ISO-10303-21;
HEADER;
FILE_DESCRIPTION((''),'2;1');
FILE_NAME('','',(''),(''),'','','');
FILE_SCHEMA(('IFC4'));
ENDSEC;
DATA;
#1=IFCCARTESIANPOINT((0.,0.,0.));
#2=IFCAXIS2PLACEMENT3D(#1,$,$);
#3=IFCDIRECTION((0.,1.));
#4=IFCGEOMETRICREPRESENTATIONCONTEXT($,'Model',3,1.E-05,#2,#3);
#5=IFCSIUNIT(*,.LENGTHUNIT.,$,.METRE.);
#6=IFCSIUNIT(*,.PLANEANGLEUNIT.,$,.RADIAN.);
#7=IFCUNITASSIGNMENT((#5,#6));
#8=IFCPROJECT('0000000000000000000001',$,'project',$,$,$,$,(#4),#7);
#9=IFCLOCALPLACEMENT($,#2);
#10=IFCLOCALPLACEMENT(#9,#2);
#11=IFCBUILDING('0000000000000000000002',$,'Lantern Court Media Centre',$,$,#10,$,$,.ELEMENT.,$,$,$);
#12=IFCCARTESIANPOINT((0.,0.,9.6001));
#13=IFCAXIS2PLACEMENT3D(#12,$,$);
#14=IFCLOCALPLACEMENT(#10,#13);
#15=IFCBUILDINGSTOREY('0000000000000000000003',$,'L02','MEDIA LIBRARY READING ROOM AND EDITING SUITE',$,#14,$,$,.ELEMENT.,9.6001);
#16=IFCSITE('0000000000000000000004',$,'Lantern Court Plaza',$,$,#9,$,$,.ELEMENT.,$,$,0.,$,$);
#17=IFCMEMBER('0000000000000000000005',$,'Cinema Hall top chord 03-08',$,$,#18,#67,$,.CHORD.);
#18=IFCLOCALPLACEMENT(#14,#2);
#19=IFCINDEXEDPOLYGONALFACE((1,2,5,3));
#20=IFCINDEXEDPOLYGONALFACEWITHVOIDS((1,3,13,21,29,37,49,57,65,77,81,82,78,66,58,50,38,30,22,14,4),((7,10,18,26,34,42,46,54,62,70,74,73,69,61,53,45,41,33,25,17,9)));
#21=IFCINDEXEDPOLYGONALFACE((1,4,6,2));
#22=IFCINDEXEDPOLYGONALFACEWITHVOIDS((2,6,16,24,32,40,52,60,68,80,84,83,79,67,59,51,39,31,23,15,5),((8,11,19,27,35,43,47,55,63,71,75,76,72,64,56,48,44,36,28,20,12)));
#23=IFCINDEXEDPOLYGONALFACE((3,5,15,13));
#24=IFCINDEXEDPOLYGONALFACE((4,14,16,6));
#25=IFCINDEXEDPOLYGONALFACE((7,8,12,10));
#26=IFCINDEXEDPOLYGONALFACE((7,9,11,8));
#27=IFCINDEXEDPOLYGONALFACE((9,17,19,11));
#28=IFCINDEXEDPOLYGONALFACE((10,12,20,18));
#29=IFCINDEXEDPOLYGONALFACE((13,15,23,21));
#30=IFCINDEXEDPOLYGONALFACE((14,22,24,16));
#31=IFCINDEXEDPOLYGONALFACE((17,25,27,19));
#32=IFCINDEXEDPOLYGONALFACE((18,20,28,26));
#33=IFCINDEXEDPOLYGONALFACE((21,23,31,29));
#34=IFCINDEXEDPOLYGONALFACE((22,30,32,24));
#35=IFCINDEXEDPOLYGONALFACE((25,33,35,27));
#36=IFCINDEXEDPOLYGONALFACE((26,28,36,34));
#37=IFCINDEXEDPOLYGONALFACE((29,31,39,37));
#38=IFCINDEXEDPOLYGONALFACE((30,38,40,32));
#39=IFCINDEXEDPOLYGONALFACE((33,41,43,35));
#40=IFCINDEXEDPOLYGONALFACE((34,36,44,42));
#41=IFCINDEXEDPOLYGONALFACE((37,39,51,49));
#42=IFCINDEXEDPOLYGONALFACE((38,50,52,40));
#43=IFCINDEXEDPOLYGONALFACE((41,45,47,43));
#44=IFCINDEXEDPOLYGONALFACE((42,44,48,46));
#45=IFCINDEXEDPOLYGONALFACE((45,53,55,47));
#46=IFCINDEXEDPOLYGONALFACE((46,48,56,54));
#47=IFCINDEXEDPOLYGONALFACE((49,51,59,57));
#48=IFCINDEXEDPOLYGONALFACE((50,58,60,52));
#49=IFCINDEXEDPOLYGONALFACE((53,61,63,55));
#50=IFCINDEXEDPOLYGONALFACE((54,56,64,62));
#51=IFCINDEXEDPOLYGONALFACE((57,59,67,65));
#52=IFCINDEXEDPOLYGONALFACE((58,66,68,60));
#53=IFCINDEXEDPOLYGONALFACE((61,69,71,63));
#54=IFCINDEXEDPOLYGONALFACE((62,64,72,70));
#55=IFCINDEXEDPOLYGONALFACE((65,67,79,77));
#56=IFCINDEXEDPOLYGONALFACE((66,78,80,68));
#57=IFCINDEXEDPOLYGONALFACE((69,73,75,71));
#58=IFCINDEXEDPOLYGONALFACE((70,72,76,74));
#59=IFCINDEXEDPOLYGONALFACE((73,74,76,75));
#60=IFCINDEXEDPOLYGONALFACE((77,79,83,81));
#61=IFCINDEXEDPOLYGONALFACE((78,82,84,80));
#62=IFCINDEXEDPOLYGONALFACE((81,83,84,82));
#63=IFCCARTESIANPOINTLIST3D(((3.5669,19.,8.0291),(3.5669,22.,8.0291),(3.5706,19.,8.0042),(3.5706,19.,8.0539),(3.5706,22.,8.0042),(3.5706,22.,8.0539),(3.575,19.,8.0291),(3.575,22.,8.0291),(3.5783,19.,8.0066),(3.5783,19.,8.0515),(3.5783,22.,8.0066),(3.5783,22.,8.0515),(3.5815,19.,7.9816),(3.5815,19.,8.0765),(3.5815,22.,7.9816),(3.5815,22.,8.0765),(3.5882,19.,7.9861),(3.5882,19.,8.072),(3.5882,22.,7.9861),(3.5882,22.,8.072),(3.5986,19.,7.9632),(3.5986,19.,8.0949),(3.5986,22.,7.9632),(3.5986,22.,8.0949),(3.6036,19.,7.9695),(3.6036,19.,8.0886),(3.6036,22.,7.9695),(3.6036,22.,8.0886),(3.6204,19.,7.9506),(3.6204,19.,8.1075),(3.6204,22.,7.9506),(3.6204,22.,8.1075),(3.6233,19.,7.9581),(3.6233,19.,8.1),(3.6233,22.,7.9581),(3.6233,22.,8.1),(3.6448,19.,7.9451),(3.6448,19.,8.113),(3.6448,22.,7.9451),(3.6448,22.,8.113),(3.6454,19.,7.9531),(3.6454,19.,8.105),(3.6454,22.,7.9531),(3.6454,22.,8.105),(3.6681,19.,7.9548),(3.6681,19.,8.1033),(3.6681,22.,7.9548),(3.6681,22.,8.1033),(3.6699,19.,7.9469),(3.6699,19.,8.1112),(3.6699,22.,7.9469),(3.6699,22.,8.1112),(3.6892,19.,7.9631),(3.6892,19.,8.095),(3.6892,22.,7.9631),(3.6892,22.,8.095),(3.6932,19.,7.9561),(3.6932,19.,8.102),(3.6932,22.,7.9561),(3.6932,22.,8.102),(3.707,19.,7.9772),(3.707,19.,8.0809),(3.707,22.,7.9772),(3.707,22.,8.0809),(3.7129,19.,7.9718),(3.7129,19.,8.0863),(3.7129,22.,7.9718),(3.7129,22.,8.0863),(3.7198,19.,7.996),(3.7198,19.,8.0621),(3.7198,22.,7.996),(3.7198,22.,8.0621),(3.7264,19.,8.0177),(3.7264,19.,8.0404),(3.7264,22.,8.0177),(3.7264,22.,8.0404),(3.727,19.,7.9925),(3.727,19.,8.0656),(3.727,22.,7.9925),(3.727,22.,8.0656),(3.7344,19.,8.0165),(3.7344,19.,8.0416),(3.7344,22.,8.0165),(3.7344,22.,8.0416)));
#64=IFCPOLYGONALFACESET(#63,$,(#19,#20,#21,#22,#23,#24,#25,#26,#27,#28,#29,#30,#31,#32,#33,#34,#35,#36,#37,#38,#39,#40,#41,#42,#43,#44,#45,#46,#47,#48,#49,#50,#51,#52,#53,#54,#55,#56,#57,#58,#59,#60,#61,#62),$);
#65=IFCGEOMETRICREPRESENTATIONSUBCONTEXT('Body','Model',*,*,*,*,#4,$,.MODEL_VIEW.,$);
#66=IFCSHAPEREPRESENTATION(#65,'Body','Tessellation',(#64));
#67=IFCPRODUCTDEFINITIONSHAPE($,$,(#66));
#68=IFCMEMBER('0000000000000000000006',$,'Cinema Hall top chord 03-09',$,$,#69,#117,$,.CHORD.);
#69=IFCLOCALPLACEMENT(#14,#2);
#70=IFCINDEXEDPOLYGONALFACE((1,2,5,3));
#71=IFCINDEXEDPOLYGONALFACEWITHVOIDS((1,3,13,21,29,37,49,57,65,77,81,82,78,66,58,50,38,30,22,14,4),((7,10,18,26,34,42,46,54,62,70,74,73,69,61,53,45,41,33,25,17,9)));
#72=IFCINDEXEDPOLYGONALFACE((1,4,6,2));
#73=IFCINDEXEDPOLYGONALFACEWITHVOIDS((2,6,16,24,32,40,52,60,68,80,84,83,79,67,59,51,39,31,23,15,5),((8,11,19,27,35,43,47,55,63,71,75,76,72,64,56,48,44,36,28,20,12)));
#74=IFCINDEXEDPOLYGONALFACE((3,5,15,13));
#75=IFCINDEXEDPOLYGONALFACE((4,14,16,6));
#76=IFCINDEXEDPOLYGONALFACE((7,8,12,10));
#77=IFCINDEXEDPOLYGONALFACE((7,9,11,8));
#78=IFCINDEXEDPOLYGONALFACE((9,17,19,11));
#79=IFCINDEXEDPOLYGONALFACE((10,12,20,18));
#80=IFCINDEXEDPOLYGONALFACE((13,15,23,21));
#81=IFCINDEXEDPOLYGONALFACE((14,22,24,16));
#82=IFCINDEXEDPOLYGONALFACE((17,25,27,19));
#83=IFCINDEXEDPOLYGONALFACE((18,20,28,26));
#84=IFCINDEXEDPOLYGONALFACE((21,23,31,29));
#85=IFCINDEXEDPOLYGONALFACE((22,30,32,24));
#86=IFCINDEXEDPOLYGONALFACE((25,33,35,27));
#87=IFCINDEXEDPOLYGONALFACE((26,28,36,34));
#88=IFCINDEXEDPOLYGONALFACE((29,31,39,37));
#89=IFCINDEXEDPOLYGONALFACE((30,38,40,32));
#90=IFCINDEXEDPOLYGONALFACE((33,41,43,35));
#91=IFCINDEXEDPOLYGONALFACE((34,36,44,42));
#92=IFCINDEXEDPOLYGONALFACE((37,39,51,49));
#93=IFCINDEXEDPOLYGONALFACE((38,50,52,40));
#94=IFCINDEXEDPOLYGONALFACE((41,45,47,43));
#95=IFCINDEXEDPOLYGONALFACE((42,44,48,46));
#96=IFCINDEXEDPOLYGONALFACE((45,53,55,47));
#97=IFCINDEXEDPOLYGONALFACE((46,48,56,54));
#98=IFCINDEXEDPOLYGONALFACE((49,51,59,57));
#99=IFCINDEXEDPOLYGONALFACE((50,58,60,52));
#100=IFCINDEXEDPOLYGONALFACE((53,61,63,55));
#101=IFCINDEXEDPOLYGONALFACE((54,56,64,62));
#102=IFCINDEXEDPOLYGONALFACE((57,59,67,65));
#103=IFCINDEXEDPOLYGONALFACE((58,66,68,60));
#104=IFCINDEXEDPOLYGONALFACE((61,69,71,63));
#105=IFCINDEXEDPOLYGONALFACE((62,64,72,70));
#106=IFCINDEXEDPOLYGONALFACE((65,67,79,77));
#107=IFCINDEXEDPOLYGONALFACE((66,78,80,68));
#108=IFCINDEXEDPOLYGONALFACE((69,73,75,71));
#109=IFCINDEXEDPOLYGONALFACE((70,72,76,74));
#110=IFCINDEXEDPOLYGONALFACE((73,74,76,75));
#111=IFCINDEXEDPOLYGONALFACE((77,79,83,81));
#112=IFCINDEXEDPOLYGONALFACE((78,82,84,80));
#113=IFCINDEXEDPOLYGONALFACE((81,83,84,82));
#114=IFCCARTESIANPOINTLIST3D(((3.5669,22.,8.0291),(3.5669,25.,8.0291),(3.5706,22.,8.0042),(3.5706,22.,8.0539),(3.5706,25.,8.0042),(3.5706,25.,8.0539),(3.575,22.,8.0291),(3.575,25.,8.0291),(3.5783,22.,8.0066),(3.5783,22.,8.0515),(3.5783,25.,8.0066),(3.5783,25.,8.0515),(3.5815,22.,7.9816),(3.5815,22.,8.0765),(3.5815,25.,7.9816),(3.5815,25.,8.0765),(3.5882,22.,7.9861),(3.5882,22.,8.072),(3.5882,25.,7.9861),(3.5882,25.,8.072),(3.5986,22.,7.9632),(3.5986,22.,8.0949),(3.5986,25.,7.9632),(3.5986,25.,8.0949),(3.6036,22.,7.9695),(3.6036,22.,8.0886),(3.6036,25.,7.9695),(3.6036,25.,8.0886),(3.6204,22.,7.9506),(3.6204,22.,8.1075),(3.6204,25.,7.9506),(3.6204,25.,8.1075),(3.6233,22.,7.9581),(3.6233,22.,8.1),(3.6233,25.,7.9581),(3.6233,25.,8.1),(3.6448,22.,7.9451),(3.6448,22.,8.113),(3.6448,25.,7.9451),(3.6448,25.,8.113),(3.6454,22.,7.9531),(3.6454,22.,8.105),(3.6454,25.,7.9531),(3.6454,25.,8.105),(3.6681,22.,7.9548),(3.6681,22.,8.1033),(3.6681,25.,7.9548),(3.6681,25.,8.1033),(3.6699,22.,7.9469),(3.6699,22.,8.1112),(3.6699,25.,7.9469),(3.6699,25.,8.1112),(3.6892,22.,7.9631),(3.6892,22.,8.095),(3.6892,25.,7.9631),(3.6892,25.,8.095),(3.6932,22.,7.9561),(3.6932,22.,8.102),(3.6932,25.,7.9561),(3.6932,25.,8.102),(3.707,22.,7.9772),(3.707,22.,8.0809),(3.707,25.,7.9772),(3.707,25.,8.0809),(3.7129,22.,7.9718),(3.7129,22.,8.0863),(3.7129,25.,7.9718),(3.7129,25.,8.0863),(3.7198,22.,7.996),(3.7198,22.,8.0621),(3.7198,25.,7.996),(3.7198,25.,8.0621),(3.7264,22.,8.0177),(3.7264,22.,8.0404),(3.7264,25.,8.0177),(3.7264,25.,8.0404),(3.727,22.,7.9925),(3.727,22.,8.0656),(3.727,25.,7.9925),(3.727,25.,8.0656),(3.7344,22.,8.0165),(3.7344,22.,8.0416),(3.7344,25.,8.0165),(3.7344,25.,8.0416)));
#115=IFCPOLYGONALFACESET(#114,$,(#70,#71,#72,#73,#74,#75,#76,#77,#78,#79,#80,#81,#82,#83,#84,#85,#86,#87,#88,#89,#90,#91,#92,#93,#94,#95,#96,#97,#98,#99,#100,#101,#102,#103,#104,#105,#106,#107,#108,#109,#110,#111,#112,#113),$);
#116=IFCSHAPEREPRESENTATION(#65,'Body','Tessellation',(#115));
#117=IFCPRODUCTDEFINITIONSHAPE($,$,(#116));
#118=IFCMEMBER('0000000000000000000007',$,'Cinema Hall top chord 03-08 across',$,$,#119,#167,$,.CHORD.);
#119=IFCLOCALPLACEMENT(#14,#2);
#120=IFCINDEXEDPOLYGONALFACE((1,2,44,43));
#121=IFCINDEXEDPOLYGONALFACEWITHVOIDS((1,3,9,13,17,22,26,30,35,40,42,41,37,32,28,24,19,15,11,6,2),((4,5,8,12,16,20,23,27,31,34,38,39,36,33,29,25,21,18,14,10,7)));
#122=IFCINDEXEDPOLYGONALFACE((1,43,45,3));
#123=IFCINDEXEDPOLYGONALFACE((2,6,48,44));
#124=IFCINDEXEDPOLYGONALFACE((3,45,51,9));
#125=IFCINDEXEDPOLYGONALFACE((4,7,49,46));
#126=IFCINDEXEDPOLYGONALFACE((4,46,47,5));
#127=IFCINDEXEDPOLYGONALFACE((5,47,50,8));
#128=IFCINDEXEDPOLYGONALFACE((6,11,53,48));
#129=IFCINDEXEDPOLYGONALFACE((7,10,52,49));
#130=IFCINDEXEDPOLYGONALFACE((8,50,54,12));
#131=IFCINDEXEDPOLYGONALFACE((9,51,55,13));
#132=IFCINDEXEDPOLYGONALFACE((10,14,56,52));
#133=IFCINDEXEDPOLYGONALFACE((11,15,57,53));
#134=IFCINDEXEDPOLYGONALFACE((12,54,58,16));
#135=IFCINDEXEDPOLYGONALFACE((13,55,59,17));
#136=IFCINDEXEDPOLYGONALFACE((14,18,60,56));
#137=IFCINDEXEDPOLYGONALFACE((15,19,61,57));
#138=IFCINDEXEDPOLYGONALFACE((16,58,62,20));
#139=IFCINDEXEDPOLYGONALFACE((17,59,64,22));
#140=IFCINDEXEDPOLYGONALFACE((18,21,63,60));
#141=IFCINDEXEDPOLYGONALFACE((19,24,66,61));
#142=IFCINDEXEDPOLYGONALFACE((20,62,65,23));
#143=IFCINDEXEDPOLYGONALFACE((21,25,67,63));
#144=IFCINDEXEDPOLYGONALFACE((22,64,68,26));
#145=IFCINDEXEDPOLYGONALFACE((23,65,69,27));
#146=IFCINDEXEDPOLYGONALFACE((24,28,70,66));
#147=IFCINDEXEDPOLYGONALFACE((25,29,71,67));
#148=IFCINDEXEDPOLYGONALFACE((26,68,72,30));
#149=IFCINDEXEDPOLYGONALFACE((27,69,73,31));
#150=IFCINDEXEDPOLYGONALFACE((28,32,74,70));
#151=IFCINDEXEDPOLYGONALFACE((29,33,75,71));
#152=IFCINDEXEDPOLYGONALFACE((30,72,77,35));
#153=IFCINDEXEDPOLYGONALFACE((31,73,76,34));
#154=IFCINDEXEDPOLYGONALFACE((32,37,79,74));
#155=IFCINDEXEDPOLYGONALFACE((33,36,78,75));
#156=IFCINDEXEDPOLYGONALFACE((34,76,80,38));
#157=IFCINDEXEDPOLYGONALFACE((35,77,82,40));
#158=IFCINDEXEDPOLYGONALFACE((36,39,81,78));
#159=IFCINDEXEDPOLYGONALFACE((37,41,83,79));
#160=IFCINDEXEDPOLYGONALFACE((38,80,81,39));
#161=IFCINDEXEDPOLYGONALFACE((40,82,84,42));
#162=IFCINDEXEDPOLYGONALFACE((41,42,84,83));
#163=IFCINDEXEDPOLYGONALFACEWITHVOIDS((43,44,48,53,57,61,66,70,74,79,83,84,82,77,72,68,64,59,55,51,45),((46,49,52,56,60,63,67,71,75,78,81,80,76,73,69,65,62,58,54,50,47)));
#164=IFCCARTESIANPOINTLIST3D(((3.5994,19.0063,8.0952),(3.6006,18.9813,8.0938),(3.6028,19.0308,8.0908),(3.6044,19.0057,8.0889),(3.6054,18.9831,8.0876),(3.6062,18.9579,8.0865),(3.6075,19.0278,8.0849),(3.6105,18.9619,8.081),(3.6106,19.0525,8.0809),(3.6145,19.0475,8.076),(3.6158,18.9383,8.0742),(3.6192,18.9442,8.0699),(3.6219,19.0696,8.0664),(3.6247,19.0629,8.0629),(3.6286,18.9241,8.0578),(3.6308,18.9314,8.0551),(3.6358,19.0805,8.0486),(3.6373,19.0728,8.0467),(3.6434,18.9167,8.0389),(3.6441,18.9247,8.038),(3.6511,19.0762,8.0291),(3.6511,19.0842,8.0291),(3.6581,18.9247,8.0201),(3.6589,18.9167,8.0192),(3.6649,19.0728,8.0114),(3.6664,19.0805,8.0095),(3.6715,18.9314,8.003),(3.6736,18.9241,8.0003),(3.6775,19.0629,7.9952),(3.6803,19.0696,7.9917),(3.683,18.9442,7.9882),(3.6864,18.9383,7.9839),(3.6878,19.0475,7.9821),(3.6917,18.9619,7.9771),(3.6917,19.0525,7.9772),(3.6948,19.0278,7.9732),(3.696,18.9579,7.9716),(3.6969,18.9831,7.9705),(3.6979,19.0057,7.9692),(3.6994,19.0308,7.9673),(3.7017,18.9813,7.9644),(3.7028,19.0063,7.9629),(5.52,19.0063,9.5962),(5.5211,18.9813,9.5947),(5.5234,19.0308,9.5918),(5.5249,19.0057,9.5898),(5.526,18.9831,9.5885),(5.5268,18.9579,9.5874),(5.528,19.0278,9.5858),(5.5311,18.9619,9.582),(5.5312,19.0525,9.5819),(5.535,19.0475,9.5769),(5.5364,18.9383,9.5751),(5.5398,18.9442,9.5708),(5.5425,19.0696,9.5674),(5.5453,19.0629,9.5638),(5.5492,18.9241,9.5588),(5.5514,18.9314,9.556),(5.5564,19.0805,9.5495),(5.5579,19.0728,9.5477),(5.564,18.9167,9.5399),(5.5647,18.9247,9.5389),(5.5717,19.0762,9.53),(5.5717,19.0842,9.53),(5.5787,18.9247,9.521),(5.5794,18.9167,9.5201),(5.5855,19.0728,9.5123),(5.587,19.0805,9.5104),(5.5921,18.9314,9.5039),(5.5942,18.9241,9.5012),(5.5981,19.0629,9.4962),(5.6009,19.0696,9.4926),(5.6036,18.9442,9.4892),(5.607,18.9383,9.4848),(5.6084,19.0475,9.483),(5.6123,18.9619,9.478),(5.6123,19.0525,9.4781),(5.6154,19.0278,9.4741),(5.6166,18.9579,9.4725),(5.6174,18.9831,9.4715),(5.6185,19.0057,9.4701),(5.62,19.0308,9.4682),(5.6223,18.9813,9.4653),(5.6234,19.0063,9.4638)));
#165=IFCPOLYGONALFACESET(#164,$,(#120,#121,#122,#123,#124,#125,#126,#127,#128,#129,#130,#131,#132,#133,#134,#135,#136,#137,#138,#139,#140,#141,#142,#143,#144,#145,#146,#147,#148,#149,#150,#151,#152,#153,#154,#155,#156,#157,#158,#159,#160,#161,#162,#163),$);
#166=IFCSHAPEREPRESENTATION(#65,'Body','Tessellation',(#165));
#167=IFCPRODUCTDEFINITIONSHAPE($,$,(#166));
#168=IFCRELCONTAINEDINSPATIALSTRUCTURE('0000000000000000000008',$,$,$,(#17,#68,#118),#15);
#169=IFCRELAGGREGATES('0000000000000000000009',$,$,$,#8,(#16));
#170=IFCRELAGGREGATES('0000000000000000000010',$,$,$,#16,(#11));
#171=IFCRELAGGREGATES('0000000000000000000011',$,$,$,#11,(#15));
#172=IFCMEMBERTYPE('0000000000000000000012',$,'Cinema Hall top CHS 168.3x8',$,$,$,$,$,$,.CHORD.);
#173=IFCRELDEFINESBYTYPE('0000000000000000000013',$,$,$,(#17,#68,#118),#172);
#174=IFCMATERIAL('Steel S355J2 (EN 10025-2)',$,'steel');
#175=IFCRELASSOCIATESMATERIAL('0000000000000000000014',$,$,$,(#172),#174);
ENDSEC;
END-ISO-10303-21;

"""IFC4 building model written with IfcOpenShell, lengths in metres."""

from ifc_helpers import new_model, si_unit, direction, frame, origin, origin_2d, place, context, subcontext, project, spatial, hollow_circle, extrude, material, material_profile, profile_set, type_object, element, save


model = new_model("IFC4")

# Units and contexts
model_context = context("Model", 3, precision=1e-05, world=origin(), true_north=direction((0.0, 1.0)))
body_context = subcontext(model_context, "Body", "Model", "MODEL_VIEW")
ifc_project = project(units=[si_unit("LENGTHUNIT", "METRE"), si_unit("PLANEANGLEUNIT", "RADIAN")], contexts=[model_context])

# Site, building, storey
site_placement = place(None, origin())
site = spatial("IfcSite", under=ifc_project, at=site_placement, Name="Lantern Court Plaza", CompositionType="ELEMENT", RefElevation=0.0)
building_placement = place(site_placement, origin())
building = spatial("IfcBuilding", under=site, at=building_placement, Name="Lantern Court Media Centre", CompositionType="ELEMENT")
storey_placement = place(building_placement, frame((0.0, 0.0, 9.6001)))
storey = spatial("IfcBuildingStorey", under=building, at=storey_placement, Name="L02", Description="MEDIA LIBRARY READING ROOM AND EDITING SUITE", CompositionType="ELEMENT", Elevation=9.6001)

# Members
ifc_material = material(Name="Steel S355J2 (EN 10025-2)", Category="steel")
ifc_material_profile_1 = material_profile(ifc_material, hollow_circle(Radius=0.0842, WallThickness=0.0081, at=origin_2d()), Name="Cinema Hall top CHS 168.3x8")
ifc_profile_set_1 = profile_set([ifc_material_profile_1], Name="Steel S355J2 (EN 10025-2)")
member_type_1 = type_object("IfcMemberType", Name="Cinema Hall top CHS 168.3x8", PredefinedType="CHORD", material=ifc_profile_set_1)
for number, where, z_axis, x_axis, name in (
    (1, (3.6511, 19.0, 8.0291), (0.0, 1.0, 0.0), (-1.0, 0.0, 0.0), "Cinema Hall top chord 03-08"),
    (2, (3.6511, 22.0, 8.0291), (0.0, 1.0, 0.0), (-1.0, 0.0, 0.0), "Cinema Hall top chord 03-09"),
):
    element("IfcMember", number, at=place(storey_placement, frame(where, z_axis=z_axis, x_axis=x_axis)), inside=storey, type_object=member_type_1, Name=name, PredefinedType="CHORD", context=body_context, shape_type="SweptSolid", body=[
        extrude(hollow_circle(Radius=0.0842, WallThickness=0.0081, at=origin_2d()), origin(), (0.0, 0.0, 1.0), 3.0),
    ])
for number, where, z_axis, x_axis, name in (
    (3, (3.6511, 19.0, 8.0291), (0.787932, 0.0, 0.615763), (0.0, 1.0, 0.0), "Cinema Hall top chord 03-08 across"),
):
    element("IfcMember", number, at=place(storey_placement, frame(where, z_axis=z_axis, x_axis=x_axis)), inside=storey, type_object=member_type_1, Name=name, PredefinedType="CHORD", context=body_context, shape_type="SweptSolid", body=[
        extrude(hollow_circle(Radius=0.0842, WallThickness=0.0081, at=origin_2d()), origin(), (0.0, 0.0, 1.0), 2.4375),
    ])

save(model, "model.ifc")
